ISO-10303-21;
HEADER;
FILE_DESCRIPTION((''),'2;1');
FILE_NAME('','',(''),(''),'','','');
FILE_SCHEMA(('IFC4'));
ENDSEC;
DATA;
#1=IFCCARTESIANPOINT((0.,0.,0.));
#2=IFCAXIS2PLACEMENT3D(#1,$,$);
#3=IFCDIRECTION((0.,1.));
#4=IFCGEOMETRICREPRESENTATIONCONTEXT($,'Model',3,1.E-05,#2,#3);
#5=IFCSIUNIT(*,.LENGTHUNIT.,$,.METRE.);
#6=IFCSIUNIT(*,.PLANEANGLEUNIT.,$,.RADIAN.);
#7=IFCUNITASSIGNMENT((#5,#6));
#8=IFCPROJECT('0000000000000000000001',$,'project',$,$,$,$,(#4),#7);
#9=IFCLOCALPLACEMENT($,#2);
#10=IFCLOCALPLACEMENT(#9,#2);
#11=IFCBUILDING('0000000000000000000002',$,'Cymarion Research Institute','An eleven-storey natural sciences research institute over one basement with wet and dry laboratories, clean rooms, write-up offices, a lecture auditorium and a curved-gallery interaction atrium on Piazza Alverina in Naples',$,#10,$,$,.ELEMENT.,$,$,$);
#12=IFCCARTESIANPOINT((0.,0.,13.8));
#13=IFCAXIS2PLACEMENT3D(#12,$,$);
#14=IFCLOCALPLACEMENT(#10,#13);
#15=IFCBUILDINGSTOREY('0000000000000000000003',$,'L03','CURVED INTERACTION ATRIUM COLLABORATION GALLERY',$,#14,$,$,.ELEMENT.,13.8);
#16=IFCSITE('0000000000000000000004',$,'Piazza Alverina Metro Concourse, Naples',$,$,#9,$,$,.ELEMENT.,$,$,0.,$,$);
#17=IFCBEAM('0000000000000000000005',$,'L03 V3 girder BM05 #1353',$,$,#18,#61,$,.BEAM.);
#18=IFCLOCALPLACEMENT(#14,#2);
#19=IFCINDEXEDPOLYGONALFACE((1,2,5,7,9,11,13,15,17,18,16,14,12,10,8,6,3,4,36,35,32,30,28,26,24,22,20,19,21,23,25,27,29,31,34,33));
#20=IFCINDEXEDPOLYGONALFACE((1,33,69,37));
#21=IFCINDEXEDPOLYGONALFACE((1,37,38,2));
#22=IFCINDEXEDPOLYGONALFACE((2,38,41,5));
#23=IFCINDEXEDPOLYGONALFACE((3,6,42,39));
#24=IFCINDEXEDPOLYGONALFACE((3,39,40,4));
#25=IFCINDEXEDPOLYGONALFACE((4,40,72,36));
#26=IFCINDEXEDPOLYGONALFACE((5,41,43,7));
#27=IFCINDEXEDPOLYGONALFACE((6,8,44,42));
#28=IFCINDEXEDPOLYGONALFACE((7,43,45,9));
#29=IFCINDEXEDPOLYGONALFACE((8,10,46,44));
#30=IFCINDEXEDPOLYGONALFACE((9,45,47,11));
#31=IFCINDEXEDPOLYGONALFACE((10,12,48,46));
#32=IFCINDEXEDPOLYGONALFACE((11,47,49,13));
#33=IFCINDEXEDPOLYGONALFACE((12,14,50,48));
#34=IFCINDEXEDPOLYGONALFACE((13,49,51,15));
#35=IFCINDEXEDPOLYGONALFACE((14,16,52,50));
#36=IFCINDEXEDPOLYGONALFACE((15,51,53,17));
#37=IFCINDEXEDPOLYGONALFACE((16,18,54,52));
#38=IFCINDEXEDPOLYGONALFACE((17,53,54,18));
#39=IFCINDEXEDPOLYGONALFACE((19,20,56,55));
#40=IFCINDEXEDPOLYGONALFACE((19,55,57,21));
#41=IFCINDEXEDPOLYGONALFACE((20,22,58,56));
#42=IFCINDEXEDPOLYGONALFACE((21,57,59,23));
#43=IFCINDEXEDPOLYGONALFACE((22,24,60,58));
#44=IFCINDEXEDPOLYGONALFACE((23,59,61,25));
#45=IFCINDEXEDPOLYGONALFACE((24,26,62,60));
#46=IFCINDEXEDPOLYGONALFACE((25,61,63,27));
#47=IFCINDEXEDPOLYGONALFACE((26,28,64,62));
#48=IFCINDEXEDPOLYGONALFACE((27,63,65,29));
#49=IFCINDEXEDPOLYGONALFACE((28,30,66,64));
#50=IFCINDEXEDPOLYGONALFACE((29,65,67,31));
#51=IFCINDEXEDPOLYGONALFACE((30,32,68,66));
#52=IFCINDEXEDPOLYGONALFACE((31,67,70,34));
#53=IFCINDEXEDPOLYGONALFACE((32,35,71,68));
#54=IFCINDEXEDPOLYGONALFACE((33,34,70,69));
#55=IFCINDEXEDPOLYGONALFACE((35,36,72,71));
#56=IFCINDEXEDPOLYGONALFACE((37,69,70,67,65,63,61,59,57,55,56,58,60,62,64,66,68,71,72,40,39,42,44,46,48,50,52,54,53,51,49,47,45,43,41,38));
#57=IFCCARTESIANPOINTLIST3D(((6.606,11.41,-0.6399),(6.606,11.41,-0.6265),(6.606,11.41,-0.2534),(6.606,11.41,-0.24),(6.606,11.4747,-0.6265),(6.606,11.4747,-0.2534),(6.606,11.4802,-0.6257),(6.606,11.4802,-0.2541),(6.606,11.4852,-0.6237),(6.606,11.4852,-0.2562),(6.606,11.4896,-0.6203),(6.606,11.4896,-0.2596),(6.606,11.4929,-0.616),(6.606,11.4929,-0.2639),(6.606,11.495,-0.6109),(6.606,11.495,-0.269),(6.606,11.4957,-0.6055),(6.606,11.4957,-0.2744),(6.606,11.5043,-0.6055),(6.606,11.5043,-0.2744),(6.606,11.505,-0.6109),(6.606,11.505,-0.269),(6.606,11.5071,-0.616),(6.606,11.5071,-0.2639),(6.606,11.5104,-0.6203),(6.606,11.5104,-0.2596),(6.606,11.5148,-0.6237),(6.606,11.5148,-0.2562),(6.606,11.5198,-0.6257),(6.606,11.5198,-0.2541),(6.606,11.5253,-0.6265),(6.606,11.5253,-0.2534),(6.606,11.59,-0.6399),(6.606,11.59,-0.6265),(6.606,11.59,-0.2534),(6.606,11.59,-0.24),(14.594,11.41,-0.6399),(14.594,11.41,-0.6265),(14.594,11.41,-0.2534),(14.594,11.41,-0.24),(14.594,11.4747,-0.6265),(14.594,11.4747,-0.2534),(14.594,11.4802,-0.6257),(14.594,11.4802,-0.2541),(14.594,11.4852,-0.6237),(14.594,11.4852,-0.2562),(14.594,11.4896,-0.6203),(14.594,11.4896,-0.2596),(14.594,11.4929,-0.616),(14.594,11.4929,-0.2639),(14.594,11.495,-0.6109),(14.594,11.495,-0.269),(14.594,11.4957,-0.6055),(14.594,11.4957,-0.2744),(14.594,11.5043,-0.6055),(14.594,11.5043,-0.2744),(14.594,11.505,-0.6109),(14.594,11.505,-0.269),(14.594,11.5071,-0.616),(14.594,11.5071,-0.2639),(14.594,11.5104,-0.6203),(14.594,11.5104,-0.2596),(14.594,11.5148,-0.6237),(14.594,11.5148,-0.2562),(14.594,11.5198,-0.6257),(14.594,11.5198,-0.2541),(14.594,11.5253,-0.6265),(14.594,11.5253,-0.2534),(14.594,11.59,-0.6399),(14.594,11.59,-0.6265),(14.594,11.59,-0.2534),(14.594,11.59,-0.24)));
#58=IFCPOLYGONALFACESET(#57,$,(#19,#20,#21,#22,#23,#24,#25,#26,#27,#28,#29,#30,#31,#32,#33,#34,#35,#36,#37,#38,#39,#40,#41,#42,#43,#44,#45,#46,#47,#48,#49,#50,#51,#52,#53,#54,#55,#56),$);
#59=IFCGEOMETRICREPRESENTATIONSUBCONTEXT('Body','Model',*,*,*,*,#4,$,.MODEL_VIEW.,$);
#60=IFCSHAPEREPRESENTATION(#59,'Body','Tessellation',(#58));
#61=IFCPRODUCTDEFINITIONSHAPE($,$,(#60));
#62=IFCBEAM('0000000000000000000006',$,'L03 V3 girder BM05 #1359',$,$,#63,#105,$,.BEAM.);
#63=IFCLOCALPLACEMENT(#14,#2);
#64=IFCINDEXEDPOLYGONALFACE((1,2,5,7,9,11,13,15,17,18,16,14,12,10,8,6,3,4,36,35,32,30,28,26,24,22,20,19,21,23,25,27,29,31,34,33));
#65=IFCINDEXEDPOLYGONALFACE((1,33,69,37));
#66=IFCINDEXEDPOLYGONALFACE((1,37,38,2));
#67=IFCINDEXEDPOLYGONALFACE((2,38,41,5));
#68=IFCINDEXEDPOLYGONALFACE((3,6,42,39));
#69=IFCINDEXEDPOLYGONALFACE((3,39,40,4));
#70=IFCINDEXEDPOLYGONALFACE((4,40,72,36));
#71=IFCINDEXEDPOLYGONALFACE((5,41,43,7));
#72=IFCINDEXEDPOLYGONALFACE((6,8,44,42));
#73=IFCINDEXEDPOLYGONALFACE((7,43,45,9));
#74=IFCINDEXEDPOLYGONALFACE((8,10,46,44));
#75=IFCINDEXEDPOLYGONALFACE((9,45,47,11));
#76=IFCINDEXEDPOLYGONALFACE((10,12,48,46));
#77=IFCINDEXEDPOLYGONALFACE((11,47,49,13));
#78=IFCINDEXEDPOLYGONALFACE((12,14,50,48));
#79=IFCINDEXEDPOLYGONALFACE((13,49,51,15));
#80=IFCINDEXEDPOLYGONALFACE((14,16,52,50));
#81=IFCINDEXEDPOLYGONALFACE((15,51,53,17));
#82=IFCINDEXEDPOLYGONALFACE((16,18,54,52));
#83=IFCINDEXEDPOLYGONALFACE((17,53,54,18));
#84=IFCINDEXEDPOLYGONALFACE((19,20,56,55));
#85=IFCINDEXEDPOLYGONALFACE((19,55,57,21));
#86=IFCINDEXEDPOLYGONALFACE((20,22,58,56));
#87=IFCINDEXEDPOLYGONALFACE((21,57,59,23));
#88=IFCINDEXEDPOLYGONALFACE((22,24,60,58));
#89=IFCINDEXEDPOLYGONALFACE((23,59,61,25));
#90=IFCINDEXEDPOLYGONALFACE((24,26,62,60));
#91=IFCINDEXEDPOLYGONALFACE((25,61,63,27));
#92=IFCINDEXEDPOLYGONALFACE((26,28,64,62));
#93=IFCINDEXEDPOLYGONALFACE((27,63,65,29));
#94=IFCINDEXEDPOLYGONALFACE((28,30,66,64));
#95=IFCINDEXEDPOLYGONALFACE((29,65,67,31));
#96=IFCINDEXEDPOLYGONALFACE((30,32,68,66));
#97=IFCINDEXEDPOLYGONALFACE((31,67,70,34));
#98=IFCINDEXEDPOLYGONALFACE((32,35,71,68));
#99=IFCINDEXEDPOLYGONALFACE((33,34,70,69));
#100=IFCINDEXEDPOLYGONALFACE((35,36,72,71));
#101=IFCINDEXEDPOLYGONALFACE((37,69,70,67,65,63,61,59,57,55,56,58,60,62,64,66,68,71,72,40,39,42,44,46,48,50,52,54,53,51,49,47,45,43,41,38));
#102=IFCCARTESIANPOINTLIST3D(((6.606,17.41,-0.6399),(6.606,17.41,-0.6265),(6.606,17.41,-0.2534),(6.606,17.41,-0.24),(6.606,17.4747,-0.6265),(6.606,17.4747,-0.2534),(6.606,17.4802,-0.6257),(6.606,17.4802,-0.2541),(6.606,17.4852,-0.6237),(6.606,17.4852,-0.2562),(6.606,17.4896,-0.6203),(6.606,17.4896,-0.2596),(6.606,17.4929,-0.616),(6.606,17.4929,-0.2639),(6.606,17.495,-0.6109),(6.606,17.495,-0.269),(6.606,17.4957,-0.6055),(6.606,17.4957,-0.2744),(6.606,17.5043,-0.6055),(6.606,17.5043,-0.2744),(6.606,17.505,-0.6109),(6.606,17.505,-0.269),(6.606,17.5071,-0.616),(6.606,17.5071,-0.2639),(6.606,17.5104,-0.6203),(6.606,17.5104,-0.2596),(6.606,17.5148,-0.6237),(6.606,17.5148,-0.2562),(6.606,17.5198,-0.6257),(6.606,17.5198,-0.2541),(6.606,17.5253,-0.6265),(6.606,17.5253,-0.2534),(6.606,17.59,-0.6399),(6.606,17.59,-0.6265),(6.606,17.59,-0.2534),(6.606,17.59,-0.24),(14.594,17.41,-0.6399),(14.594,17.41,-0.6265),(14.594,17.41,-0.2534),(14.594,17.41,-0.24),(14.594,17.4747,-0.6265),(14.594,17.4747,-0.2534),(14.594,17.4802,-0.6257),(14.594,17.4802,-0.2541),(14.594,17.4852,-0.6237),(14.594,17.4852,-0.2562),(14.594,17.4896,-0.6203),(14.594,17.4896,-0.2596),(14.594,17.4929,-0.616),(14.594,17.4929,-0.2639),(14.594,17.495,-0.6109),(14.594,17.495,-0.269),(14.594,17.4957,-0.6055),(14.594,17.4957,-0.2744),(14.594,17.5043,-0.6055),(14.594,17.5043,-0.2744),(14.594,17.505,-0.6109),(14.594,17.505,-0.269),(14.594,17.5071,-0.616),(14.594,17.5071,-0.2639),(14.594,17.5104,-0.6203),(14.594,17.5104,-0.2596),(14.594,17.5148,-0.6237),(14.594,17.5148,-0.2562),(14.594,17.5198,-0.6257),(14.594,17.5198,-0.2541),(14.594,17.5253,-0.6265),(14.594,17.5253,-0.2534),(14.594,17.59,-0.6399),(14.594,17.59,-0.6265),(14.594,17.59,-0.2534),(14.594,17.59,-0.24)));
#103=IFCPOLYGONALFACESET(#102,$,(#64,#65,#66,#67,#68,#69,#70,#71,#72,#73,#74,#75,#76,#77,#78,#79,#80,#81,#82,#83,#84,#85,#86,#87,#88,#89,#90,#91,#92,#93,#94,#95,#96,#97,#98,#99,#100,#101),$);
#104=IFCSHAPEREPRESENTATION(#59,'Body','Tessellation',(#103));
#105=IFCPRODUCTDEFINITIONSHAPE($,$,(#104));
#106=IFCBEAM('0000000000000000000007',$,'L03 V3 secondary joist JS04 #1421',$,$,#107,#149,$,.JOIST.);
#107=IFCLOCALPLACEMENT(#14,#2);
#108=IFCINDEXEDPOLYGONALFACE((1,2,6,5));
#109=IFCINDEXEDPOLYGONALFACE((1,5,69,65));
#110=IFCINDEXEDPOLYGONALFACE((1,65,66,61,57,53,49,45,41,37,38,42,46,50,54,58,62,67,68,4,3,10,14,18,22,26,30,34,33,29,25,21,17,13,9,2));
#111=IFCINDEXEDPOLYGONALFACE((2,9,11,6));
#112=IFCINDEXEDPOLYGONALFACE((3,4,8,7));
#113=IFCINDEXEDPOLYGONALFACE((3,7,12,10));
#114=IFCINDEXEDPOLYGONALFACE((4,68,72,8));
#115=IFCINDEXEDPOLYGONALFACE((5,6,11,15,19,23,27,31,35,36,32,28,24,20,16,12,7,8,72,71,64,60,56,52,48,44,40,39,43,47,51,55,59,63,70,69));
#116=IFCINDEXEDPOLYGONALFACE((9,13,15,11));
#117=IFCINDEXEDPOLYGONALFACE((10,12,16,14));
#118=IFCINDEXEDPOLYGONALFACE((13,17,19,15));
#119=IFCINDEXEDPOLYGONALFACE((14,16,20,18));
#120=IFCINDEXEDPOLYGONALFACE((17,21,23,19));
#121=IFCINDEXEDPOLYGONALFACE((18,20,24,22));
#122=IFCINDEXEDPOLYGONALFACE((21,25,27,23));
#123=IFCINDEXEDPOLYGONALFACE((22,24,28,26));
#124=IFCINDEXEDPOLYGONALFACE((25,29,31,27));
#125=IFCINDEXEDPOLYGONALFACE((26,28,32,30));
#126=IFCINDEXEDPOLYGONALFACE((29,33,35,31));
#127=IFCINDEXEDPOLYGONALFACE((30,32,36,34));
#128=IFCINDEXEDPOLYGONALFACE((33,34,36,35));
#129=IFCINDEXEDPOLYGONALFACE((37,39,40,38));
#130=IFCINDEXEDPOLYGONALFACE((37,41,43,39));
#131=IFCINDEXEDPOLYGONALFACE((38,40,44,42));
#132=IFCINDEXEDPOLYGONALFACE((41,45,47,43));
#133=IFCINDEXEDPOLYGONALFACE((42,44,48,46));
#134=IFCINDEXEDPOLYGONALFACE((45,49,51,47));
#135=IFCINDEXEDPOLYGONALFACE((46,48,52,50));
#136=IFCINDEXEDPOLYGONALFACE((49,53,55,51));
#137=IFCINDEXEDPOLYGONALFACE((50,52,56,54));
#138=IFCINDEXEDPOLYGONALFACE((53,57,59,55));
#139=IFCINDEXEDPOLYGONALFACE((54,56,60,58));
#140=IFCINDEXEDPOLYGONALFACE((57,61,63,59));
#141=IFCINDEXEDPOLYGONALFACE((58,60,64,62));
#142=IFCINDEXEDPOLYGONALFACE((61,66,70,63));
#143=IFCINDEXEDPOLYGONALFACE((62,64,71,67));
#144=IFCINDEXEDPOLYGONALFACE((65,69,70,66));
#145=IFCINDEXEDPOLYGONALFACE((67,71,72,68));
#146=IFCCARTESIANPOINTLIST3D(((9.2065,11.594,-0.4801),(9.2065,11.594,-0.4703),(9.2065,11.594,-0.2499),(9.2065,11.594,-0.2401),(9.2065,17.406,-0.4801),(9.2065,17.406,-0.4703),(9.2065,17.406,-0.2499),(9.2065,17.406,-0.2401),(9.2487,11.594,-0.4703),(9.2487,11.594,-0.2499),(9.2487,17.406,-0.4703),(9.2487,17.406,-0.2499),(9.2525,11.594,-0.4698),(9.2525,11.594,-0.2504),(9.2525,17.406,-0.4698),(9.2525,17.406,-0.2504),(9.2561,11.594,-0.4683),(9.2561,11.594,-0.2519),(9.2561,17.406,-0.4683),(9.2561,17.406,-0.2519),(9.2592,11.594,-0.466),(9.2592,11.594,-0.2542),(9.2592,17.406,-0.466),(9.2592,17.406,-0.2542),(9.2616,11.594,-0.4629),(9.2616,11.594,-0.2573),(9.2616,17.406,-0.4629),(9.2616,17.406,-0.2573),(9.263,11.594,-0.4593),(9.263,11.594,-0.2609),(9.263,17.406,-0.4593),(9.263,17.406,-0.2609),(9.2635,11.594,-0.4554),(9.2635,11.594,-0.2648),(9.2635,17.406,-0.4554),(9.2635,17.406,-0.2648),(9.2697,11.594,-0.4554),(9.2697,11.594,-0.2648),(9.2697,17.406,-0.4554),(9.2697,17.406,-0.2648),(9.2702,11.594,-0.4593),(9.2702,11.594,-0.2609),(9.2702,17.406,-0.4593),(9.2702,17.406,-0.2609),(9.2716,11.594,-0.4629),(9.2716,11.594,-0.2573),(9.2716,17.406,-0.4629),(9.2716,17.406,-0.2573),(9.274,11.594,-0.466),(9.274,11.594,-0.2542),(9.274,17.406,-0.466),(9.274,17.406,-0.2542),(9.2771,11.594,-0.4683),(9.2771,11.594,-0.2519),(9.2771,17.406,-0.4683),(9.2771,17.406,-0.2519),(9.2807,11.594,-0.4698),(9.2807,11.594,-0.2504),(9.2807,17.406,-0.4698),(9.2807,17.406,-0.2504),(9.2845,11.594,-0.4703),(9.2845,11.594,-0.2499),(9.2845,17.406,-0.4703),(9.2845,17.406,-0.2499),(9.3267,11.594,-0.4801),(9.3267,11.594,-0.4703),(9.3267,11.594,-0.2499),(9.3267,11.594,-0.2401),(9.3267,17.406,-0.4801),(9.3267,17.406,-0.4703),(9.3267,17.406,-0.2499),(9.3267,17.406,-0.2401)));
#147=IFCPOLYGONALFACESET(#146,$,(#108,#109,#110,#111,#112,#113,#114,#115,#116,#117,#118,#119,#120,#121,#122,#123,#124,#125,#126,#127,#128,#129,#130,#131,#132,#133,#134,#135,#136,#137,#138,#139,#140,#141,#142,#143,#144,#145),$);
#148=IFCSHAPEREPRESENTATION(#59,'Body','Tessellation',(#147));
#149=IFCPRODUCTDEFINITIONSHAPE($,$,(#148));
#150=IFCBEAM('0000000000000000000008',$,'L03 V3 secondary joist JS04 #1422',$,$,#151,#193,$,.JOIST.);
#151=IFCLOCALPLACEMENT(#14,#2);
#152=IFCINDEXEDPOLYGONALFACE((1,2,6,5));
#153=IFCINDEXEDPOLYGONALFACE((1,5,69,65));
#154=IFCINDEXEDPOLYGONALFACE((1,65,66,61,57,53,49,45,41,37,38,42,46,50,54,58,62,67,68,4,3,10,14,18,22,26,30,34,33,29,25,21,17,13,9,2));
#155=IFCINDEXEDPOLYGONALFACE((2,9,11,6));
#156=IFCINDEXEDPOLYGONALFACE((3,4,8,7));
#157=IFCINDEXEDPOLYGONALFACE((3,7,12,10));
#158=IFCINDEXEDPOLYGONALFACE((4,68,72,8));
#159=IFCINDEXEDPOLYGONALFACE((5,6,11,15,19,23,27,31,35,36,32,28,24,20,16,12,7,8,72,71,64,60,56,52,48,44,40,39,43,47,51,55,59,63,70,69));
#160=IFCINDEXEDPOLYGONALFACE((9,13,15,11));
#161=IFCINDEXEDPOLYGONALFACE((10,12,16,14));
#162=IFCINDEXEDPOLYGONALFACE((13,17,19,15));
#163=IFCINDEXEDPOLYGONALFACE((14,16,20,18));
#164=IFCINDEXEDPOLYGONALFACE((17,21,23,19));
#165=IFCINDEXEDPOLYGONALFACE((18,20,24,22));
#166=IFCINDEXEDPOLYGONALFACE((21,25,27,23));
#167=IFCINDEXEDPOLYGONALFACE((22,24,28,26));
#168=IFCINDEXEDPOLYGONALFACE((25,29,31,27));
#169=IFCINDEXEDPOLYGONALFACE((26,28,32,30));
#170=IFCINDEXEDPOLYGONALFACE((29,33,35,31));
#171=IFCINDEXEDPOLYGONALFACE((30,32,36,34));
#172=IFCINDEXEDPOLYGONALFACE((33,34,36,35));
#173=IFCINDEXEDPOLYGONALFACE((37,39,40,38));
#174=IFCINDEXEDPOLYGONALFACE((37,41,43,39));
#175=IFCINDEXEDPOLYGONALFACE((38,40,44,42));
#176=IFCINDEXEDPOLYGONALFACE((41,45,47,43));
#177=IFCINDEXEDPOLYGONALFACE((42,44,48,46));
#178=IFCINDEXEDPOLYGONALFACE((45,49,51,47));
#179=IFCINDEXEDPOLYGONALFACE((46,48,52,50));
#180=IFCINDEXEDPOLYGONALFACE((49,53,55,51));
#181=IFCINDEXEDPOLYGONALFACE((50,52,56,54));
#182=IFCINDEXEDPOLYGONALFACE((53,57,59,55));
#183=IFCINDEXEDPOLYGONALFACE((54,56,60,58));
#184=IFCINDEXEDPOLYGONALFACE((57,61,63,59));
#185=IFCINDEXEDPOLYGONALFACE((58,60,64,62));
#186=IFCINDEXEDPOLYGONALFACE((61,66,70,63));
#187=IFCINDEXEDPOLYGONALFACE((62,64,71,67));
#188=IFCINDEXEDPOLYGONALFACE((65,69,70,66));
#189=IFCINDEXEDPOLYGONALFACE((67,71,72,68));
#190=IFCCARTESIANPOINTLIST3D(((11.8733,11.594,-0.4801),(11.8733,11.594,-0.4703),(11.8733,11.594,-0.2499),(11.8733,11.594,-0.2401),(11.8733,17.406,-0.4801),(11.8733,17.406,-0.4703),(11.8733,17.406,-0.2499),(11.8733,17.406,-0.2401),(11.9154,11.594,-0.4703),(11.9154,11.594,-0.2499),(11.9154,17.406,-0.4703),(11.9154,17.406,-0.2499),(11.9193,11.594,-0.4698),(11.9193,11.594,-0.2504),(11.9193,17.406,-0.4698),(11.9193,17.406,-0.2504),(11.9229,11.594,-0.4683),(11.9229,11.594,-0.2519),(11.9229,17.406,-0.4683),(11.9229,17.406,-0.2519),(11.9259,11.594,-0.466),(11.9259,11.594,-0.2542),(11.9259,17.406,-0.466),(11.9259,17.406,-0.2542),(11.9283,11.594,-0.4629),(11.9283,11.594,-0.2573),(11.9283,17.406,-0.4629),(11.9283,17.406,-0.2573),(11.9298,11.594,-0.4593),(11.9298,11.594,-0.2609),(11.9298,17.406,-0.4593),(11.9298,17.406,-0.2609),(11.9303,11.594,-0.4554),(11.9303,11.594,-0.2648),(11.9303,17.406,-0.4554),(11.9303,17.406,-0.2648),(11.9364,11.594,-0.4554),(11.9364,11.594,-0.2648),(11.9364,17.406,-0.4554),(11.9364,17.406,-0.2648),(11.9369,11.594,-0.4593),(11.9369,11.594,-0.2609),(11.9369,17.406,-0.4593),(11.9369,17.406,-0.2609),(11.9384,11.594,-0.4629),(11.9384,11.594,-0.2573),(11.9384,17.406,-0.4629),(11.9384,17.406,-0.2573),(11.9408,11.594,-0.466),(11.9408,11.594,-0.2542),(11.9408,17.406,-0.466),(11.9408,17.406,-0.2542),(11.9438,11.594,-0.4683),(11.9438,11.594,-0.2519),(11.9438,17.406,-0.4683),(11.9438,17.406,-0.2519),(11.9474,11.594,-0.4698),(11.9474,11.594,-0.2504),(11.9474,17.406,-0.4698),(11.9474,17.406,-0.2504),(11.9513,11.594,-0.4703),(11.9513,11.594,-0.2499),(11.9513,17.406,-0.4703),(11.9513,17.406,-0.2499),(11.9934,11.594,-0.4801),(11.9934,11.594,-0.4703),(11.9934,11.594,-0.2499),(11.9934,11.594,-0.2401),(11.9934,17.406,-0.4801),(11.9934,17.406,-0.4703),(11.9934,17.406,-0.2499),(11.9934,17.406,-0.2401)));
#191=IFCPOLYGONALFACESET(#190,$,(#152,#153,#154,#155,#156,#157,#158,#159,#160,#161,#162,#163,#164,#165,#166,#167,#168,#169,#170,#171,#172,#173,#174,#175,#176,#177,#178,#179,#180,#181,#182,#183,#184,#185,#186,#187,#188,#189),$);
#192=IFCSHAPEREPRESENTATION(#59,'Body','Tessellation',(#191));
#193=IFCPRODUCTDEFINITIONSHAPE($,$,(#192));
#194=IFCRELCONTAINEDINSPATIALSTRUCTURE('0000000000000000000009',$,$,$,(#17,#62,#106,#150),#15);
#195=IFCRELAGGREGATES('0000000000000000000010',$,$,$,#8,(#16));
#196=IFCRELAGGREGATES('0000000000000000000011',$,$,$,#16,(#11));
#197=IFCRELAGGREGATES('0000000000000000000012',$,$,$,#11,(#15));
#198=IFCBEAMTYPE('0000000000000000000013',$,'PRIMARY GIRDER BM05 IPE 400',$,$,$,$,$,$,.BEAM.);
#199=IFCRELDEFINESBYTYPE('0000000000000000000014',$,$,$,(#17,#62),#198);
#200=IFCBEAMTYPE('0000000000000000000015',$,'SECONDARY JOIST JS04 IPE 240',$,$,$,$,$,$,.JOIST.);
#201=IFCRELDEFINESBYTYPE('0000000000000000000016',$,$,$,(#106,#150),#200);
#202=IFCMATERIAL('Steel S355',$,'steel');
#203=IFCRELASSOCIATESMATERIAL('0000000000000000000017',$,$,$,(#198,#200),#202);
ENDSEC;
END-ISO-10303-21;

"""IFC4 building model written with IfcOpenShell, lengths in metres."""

from ifc_helpers import new_model, si_unit, direction, frame, origin, origin_2d, place, context, subcontext, project, spatial, i_section, extrude, material, material_profile, profile_set, type_object, element, save


model = new_model("IFC4")

# Units and contexts
model_context = context("Model", 3, precision=1e-05, world=origin(), true_north=direction((0.0, 1.0)))
body_context = subcontext(model_context, "Body", "Model", "MODEL_VIEW")
ifc_project = project(units=[si_unit("LENGTHUNIT", "METRE"), si_unit("PLANEANGLEUNIT", "RADIAN")], contexts=[model_context])

# Site, building, storey
site_placement = place(None, origin())
site = spatial("IfcSite", under=ifc_project, at=site_placement, Name="Piazza Alverina Metro Concourse, Naples", CompositionType="ELEMENT", RefElevation=0.0)
building_placement = place(site_placement, origin())
building = spatial("IfcBuilding", under=site, at=building_placement, Name="Cymarion Research Institute", Description="An eleven-storey natural sciences research institute over one basement with wet and dry laboratories, clean rooms, write-up offices, a lecture auditorium and a curved-gallery interaction atrium on Piazza Alverina in Naples", CompositionType="ELEMENT")
storey_placement = place(building_placement, frame((0.0, 0.0, 13.8)))
storey = spatial("IfcBuildingStorey", under=building, at=storey_placement, Name="L03", Description="CURVED INTERACTION ATRIUM COLLABORATION GALLERY", CompositionType="ELEMENT", Elevation=13.8)

# Beams
ifc_material_1 = material(Name="Steel S355", Category="steel")
ifc_material_profile_1 = material_profile(ifc_material_1, i_section(OverallWidth=0.1799, OverallDepth=0.3999, WebThickness=0.0085, FlangeThickness=0.0134, FilletRadius=0.021, at=origin_2d()), Name="IPE 400")
ifc_profile_set_1 = profile_set([ifc_material_profile_1], Name="Steel S355")
beam_type_1 = type_object("IfcBeamType", Name="PRIMARY GIRDER BM05 IPE 400", PredefinedType="BEAM", material=ifc_profile_set_1)
for number, where, z_axis, x_axis, name in (
    (1, (6.606, 11.5, -0.4399), (1.0, 0.0, 0.0), (0.0, 1.0, 0.0), "L03 V3 girder BM05 #1353"),
    (2, (6.606, 17.5, -0.4399), (1.0, 0.0, 0.0), (0.0, 1.0, 0.0), "L03 V3 girder BM05 #1359"),
):
    element("IfcBeam", number, at=place(storey_placement, frame(where, z_axis=z_axis, x_axis=x_axis)), inside=storey, type_object=beam_type_1, Name=name, PredefinedType="BEAM", context=body_context, shape_type="SweptSolid", body=[
        extrude(i_section(OverallWidth=0.1799, OverallDepth=0.3999, WebThickness=0.0085, FlangeThickness=0.0134, FilletRadius=0.021, at=origin_2d()), origin(), (0.0, 0.0, 1.0), 7.988),
    ])
ifc_material_profile_2 = material_profile(ifc_material_1, i_section(OverallWidth=0.1201, OverallDepth=0.24, WebThickness=0.0061, FlangeThickness=0.0098, FilletRadius=0.0149, at=origin_2d()), Name="IPE 240")
ifc_profile_set_2 = profile_set([ifc_material_profile_2], Name="Steel S355")
beam_type_2 = type_object("IfcBeamType", Name="SECONDARY JOIST JS04 IPE 240", PredefinedType="JOIST", material=ifc_profile_set_2)
for number, where, z_axis, x_axis, name in (
    (3, (9.2666, 11.594, -0.3601), (0.0, 1.0, 0.0), (-1.0, 0.0, 0.0), "L03 V3 secondary joist JS04 #1421"),
    (4, (11.9333, 11.594, -0.3601), (0.0, 1.0, 0.0), (-1.0, 0.0, 0.0), "L03 V3 secondary joist JS04 #1422"),
):
    element("IfcBeam", number, at=place(storey_placement, frame(where, z_axis=z_axis, x_axis=x_axis)), inside=storey, type_object=beam_type_2, Name=name, PredefinedType="JOIST", context=body_context, shape_type="SweptSolid", body=[
        extrude(i_section(OverallWidth=0.1201, OverallDepth=0.24, WebThickness=0.0061, FlangeThickness=0.0098, FilletRadius=0.0149, at=origin_2d()), origin(), (0.0, 0.0, 1.0), 5.812),
    ])

save(model, "model.ifc")
